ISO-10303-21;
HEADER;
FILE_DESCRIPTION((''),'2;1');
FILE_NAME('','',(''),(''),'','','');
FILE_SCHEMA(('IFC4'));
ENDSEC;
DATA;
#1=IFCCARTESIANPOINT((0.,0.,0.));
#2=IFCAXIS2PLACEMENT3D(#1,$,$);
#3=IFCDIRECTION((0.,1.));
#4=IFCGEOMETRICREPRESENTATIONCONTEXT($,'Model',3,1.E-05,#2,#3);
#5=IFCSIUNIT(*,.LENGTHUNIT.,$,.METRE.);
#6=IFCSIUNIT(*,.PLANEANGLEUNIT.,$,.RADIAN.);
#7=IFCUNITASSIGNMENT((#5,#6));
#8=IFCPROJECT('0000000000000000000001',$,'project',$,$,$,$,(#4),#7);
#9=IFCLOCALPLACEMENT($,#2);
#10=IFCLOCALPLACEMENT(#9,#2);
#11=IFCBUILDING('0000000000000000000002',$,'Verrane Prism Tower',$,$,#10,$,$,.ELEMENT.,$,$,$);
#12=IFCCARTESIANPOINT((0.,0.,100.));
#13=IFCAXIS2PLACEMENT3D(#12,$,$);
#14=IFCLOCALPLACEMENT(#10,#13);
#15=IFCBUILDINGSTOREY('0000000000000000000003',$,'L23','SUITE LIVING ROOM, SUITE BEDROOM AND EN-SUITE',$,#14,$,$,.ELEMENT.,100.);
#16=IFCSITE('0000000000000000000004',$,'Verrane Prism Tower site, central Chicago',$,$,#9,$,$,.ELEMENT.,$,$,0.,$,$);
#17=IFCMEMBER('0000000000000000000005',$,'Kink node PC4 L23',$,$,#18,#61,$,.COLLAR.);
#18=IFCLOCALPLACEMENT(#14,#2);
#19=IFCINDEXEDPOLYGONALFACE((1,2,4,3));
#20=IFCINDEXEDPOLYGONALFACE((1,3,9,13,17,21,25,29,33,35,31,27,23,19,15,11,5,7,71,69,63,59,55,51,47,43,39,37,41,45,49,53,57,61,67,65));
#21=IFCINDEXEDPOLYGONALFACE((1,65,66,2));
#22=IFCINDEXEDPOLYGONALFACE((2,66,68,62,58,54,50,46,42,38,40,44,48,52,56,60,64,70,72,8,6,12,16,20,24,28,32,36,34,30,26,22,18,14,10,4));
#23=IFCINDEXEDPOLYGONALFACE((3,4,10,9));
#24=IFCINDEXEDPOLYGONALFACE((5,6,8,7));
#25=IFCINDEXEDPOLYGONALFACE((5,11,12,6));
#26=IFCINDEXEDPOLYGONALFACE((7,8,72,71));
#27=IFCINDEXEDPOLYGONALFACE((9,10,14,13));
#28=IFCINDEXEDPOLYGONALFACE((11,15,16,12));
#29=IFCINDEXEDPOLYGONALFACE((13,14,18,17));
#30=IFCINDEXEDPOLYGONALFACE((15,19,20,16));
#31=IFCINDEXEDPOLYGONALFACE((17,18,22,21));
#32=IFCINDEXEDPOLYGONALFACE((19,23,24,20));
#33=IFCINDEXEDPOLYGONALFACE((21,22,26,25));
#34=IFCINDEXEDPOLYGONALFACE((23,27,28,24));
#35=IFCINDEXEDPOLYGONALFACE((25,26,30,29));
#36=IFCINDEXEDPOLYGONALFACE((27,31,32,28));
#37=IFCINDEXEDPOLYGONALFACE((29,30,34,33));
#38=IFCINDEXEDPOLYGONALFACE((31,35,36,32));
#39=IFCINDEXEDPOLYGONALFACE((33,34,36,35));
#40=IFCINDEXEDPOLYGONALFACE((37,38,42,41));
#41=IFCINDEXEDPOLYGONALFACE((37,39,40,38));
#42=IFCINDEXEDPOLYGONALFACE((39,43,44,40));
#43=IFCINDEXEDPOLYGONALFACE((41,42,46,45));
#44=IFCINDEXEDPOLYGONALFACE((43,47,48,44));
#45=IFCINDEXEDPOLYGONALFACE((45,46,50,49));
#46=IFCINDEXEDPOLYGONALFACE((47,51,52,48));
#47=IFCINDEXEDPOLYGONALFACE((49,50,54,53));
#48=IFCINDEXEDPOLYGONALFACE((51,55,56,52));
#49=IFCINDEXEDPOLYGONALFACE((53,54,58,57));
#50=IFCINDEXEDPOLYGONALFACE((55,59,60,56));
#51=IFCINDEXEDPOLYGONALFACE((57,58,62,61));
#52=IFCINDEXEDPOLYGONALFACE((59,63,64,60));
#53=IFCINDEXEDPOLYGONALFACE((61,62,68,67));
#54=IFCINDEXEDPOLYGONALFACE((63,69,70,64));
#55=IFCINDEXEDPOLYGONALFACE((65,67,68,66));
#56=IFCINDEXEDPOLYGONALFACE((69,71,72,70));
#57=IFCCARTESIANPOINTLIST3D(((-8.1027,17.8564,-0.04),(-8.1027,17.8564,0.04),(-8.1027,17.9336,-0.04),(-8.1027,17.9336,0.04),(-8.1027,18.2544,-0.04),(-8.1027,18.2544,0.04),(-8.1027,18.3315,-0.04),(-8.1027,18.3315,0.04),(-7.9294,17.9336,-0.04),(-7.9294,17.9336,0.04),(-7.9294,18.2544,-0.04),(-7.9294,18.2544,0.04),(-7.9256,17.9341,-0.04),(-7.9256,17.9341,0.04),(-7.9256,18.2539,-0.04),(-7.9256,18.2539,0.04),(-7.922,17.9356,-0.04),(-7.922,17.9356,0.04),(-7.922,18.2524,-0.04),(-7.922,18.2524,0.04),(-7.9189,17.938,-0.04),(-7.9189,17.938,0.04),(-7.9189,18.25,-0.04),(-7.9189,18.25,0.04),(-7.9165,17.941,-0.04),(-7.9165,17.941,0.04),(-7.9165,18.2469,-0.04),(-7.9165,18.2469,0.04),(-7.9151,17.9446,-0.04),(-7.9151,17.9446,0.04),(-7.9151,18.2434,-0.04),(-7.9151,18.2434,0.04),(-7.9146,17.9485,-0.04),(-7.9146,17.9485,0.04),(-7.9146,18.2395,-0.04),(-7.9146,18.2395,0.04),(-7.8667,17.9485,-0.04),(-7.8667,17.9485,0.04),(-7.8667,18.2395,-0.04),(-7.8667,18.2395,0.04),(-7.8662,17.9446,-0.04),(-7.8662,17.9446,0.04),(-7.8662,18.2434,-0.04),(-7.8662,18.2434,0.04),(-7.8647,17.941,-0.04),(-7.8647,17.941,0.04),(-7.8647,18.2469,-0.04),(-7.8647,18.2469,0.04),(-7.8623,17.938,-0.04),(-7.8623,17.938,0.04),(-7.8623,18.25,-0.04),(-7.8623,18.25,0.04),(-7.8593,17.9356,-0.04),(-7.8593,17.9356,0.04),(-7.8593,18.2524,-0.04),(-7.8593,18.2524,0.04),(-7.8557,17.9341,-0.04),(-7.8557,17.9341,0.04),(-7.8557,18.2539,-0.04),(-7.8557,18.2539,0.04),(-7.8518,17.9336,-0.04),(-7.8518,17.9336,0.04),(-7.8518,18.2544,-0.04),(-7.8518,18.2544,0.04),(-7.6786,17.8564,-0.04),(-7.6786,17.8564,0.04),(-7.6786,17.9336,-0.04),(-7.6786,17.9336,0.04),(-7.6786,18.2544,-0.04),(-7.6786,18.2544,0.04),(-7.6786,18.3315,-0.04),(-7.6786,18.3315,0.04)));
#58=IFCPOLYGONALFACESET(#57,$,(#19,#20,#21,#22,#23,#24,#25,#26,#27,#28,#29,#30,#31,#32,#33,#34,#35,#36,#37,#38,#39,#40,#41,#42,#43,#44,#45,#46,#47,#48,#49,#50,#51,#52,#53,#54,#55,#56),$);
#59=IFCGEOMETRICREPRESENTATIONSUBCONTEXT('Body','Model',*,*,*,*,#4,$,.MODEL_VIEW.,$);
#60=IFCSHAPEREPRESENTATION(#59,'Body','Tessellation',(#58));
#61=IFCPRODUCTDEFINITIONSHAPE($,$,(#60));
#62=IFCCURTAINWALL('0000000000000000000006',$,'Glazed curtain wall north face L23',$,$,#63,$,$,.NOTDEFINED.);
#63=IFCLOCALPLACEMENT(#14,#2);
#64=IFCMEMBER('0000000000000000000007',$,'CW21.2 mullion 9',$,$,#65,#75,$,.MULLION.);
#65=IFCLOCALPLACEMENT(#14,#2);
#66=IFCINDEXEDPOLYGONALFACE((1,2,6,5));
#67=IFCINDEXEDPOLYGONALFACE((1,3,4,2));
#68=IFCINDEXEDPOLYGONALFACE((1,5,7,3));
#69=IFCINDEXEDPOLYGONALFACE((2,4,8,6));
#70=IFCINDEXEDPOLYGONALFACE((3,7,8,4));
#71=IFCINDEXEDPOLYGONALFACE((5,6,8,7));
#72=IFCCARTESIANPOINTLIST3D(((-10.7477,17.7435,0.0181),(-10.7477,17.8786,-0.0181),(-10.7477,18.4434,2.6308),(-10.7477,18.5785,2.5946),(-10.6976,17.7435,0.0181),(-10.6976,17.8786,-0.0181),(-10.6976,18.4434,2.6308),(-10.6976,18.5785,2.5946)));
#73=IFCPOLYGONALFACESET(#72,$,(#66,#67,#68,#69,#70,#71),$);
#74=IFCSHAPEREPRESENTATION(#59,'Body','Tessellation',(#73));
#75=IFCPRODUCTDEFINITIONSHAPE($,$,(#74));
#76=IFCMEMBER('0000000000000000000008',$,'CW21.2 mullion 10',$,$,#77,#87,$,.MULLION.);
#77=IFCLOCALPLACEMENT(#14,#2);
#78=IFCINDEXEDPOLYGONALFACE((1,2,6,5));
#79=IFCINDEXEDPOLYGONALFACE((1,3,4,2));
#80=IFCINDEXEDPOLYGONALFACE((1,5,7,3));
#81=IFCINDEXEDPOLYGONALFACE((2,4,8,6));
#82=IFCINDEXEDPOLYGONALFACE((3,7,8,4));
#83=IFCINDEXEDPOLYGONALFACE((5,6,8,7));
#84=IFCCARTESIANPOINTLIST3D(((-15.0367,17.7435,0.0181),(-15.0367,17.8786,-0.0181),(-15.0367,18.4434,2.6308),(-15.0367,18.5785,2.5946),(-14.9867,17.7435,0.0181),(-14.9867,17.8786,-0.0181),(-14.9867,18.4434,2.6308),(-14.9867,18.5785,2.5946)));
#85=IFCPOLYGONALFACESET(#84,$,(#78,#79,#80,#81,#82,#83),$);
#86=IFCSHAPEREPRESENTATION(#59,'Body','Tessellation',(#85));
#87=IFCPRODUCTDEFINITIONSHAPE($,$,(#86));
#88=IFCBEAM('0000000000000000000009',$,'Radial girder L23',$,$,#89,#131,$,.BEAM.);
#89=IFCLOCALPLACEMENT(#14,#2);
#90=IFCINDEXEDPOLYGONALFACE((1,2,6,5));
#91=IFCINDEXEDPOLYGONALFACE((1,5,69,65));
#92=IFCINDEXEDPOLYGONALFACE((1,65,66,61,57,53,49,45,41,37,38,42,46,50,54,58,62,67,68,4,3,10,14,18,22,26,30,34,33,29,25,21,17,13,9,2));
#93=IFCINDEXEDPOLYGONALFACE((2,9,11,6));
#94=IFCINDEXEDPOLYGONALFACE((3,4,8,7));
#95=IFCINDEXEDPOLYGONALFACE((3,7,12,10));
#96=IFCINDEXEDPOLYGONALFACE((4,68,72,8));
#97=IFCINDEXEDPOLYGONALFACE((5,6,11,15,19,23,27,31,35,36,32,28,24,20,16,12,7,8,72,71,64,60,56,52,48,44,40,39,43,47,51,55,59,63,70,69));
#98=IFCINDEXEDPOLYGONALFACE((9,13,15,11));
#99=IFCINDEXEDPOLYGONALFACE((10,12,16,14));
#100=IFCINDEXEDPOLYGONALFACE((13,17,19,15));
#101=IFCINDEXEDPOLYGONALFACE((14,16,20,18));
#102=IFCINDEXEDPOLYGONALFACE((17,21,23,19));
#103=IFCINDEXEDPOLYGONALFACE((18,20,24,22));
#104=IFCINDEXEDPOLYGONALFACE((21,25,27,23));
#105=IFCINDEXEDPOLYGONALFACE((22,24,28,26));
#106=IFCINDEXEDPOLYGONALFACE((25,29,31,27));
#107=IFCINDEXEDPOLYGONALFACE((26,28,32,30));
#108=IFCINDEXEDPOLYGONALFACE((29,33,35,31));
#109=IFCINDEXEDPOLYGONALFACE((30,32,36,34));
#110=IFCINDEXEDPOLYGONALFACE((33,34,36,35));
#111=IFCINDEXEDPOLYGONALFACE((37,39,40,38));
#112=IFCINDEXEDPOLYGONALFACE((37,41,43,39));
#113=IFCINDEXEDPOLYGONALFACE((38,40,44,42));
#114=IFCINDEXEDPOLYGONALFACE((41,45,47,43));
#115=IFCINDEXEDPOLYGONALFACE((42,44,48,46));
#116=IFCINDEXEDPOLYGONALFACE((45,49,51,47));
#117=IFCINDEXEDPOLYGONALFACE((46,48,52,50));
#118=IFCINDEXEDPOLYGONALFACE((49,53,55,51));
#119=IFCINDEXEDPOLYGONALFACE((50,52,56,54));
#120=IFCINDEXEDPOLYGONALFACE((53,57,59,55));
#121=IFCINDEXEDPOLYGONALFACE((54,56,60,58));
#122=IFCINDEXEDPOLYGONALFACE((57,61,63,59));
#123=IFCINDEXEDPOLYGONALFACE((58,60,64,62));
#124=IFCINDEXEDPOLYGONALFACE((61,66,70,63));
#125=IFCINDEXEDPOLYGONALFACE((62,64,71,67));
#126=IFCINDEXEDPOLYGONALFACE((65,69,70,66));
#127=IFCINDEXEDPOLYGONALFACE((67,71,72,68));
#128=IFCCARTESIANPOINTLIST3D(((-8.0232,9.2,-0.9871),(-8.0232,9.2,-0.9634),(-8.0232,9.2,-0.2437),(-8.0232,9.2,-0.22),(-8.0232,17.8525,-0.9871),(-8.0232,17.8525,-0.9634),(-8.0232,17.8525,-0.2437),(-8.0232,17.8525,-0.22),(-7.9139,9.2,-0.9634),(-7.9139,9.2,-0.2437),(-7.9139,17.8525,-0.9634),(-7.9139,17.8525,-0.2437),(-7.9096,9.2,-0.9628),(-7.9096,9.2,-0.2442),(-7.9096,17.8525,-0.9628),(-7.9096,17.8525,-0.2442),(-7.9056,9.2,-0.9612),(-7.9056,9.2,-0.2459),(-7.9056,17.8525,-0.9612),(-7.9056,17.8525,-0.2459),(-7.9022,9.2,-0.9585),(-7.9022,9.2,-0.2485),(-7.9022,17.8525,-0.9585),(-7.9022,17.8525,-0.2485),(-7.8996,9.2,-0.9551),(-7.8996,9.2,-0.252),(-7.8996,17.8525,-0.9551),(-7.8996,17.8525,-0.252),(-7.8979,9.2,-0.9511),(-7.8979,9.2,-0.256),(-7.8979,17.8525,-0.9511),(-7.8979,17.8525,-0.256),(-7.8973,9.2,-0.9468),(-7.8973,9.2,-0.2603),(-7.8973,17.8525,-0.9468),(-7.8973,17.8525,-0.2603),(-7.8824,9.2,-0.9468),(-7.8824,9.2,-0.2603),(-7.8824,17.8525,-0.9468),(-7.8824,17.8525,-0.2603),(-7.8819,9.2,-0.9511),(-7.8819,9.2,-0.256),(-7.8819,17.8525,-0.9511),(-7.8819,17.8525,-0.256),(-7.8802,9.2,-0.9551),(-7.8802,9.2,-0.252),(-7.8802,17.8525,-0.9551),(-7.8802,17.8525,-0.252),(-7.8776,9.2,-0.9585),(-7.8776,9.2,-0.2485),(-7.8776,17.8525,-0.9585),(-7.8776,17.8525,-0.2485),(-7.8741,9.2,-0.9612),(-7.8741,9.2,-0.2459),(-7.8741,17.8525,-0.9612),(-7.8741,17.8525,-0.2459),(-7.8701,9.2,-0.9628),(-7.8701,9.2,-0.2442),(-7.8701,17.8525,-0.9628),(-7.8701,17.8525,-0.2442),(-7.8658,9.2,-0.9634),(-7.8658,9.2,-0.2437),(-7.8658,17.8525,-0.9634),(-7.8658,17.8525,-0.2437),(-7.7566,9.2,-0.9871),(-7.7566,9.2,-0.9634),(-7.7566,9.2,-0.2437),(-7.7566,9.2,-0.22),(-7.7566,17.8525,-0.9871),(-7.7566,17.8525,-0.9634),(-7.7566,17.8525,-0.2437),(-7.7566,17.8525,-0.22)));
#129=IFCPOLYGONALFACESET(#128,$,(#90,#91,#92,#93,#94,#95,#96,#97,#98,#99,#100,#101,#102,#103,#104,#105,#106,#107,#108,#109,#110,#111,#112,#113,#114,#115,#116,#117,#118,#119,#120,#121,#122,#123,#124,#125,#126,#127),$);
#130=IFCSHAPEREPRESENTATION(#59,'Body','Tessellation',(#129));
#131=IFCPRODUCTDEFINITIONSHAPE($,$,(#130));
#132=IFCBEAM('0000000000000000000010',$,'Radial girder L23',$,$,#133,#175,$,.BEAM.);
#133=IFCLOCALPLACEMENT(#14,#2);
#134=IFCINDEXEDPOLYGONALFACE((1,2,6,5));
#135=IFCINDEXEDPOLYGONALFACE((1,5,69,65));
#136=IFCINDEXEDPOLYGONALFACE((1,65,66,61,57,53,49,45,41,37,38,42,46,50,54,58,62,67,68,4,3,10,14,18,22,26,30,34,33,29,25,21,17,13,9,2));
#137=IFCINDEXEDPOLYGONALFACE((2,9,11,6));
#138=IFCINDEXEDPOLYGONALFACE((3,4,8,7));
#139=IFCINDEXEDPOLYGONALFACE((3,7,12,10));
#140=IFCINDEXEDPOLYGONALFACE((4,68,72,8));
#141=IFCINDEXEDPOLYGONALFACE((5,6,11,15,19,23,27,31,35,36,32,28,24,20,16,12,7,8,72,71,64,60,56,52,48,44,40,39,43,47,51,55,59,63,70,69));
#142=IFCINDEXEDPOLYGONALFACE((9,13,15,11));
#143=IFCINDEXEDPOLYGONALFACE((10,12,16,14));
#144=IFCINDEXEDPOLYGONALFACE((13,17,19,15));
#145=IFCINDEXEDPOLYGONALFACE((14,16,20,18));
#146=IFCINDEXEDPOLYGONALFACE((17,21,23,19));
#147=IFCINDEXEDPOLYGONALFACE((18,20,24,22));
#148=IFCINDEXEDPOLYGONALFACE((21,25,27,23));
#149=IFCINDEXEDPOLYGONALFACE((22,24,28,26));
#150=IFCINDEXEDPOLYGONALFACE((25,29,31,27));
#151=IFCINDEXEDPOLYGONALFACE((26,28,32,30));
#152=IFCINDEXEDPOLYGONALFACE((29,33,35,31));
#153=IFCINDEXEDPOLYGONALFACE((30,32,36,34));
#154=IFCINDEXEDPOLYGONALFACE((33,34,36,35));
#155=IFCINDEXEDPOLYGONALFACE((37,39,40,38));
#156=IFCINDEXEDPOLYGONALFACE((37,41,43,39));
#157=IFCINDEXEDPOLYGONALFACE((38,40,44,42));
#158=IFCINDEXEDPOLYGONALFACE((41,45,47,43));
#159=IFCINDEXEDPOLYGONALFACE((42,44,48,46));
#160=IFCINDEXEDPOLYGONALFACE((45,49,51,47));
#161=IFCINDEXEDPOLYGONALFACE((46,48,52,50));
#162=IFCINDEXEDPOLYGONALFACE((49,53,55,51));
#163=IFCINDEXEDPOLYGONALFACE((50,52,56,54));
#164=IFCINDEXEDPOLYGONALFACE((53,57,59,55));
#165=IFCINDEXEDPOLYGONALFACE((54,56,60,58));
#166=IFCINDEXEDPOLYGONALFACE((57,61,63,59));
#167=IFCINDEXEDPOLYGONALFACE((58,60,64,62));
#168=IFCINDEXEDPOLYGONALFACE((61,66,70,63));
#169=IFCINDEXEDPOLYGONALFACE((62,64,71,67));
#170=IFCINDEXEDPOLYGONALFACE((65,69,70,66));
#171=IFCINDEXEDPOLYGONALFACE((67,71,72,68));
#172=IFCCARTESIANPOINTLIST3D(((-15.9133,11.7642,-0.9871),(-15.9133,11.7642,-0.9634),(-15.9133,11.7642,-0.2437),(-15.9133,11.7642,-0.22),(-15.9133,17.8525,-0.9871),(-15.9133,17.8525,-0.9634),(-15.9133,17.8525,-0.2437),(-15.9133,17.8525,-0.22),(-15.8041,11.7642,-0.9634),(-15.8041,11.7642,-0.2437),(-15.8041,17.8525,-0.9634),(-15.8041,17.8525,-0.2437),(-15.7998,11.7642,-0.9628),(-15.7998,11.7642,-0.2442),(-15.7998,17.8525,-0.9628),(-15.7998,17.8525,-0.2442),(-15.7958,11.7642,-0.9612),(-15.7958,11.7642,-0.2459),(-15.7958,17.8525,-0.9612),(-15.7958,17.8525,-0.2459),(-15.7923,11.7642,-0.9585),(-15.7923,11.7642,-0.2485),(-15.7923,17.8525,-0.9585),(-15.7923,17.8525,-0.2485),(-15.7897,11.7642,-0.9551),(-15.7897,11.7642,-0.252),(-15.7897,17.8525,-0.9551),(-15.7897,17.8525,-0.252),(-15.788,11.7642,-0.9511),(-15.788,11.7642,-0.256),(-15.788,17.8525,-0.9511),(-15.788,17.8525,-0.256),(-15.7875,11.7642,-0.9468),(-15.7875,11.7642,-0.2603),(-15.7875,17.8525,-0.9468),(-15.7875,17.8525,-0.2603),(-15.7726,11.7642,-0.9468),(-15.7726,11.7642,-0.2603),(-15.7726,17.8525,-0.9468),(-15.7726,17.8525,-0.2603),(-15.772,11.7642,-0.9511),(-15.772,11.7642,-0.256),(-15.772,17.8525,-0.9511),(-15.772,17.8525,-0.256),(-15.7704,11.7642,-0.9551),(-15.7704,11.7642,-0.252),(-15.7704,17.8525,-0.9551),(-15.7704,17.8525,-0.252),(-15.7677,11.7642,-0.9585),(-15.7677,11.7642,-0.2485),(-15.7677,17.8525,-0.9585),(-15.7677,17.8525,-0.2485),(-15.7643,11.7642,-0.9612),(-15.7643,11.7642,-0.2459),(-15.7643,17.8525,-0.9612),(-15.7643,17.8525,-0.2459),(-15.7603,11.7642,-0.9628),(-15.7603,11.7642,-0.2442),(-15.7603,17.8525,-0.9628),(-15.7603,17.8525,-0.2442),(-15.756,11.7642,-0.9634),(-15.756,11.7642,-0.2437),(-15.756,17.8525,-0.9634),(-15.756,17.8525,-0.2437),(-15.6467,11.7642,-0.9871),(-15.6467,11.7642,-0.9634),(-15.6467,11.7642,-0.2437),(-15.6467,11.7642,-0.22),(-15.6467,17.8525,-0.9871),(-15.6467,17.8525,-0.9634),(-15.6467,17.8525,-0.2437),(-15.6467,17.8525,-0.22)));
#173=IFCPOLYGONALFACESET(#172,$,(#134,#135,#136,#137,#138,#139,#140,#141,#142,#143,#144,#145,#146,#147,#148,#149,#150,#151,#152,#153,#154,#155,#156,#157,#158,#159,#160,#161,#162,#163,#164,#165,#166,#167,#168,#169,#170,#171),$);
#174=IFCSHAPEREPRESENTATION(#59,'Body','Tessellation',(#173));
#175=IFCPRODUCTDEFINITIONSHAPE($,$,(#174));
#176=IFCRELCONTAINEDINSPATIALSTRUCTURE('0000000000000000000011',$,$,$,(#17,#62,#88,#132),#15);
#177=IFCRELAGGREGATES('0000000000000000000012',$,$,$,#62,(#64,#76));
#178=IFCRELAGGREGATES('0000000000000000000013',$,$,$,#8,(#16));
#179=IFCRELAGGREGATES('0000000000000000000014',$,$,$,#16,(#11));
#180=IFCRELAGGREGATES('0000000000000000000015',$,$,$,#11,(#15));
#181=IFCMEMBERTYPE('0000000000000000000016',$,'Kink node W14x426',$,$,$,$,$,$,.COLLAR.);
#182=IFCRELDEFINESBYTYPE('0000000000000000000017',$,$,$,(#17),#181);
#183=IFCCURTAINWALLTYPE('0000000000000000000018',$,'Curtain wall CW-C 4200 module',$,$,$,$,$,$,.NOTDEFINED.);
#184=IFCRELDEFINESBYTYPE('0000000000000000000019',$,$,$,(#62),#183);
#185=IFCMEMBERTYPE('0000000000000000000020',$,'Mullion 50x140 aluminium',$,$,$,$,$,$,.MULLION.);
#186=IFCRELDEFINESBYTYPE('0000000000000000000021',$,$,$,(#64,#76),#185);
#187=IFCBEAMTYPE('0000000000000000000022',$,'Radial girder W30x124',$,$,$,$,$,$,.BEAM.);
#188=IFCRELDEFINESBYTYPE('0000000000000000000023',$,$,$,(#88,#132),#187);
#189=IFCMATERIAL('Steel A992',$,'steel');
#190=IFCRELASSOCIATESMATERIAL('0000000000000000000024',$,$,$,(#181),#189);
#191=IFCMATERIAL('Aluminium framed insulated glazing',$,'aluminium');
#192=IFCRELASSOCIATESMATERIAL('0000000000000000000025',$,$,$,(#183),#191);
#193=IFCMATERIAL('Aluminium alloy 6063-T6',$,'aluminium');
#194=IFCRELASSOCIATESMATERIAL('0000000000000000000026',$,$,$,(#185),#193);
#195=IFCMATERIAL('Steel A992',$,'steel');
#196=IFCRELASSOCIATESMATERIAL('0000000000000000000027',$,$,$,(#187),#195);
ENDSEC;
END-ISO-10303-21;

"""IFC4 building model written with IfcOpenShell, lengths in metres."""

from ifc_helpers import new_model, si_unit, direction, frame, origin, origin_2d, place, context, subcontext, project, spatial, rectangle, i_section, extrude, material, material_profile, profile_set, type_object, element, aggregate, save


model = new_model("IFC4")

# Units and contexts
model_context = context("Model", 3, precision=1e-05, world=origin(), true_north=direction((0.0, 1.0)))
body_context = subcontext(model_context, "Body", "Model", "MODEL_VIEW")
ifc_project = project(units=[si_unit("LENGTHUNIT", "METRE"), si_unit("PLANEANGLEUNIT", "RADIAN")], contexts=[model_context])

# Site, building, storey
site_placement = place(None, origin())
site = spatial("IfcSite", under=ifc_project, at=site_placement, Name="Verrane Prism Tower site, central Chicago", CompositionType="ELEMENT", RefElevation=0.0)
building_placement = place(site_placement, origin())
building = spatial("IfcBuilding", under=site, at=building_placement, Name="Verrane Prism Tower", CompositionType="ELEMENT")
storey_placement = place(building_placement, frame((0.0, 0.0, 100.0)))
storey = spatial("IfcBuildingStorey", under=building, at=storey_placement, Name="L23", Description="SUITE LIVING ROOM, SUITE BEDROOM AND EN-SUITE", CompositionType="ELEMENT", Elevation=100.0)

# Member
ifc_material_1 = material(Name="Steel A992", Category="steel")
ifc_material_profile_1 = material_profile(ifc_material_1, i_section(OverallWidth=0.4241, OverallDepth=0.4751, WebThickness=0.0479, FlangeThickness=0.0771, FilletRadius=0.0149, at=origin_2d()), Name="W14x426")
ifc_profile_set_1 = profile_set([ifc_material_profile_1], Name="Steel A992")
member_type_1 = type_object("IfcMemberType", Name="Kink node W14x426", PredefinedType="COLLAR", material=ifc_profile_set_1)
member_1_placement = place(storey_placement, frame((-7.8906, 18.094, -0.04), z_axis=(0.0, 0.0, 1.0), x_axis=(1.0, 0.0, 0.0)))
element("IfcMember", 1, at=member_1_placement, inside=storey, type_object=member_type_1, Name="Kink node PC4 L23", PredefinedType="COLLAR", context=body_context, shape_type="SweptSolid", body=[
    extrude(i_section(OverallWidth=0.4241, OverallDepth=0.4751, WebThickness=0.0479, FlangeThickness=0.0771, FilletRadius=0.0149, at=origin_2d()), origin(), (0.0, 0.0, 1.0), 0.0801),
])

# Curtain wall, members
ifc_material_2 = material(Name="Aluminium framed insulated glazing", Category="aluminium")
curtain_wall_type = type_object("IfcCurtainWallType", Name="Curtain wall CW-C 4200 module", PredefinedType="NOTDEFINED", material=ifc_material_2)
curtain_wall_placement = place(storey_placement, origin())
curtain_wall = element("IfcCurtainWall", 2, at=curtain_wall_placement, inside=storey, type_object=curtain_wall_type, Name="Glazed curtain wall north face L23", PredefinedType="NOTDEFINED")
ifc_material_3 = material(Name="Aluminium alloy 6063-T6", Category="aluminium")
ifc_material_profile_2 = material_profile(ifc_material_3, rectangle(XDim=0.1399, YDim=0.05, at=origin_2d()), Name="Mullion 50x140 aluminium")
ifc_profile_set_2 = profile_set([ifc_material_profile_2], Name="Aluminium alloy 6063-T6")
member_type_2 = type_object("IfcMemberType", Name="Mullion 50x140 aluminium", PredefinedType="MULLION", material=ifc_profile_set_2)
member_2_placement = place(storey_placement, frame((-10.7227, 17.811, 0.0), z_axis=(0.0, 0.258769, 0.965939), x_axis=(0.0, 0.965939, -0.258769)))
member_2 = element("IfcMember", 3, at=member_2_placement, type_object=member_type_2, Name="CW21.2 mullion 9", PredefinedType="MULLION", context=body_context, shape_type="SweptSolid", body=[
    extrude(rectangle(XDim=0.1399, YDim=0.05, at=origin_2d()), origin(), (0.0, 0.0, 1.0), 2.7048),
])
member_3_placement = place(storey_placement, frame((-15.0117, 17.811, 0.0), z_axis=(0.0, 0.258769, 0.965939), x_axis=(0.0, 0.965939, -0.258769)))
member_3 = element("IfcMember", 4, at=member_3_placement, type_object=member_type_2, Name="CW21.2 mullion 10", PredefinedType="MULLION", context=body_context, shape_type="SweptSolid", body=[
    extrude(rectangle(XDim=0.1399, YDim=0.05, at=origin_2d()), origin(), (0.0, 0.0, 1.0), 2.7048),
])

# Beams
ifc_material_4 = material(Name="Steel A992", Category="steel")
ifc_material_profile_3 = material_profile(ifc_material_4, i_section(OverallWidth=0.2666, OverallDepth=0.7671, WebThickness=0.0149, FlangeThickness=0.0237, FilletRadius=0.0166, at=origin_2d()), Name="W30x124")
ifc_profile_set_3 = profile_set([ifc_material_profile_3], Name="Steel A992")
beam_type_1 = type_object("IfcBeamType", Name="Radial girder W30x124", PredefinedType="BEAM", material=ifc_profile_set_3)
beam_1_placement = place(storey_placement, frame((-7.8899, 17.8525, -0.6035), z_axis=(0.0, -1.0, 0.0), x_axis=(1.0, 0.0, 0.0)))
element("IfcBeam", 5, at=beam_1_placement, inside=storey, type_object=beam_type_1, Name="Radial girder L23", PredefinedType="BEAM", context=body_context, shape_type="SweptSolid", body=[
    extrude(i_section(OverallWidth=0.2666, OverallDepth=0.7671, WebThickness=0.0149, FlangeThickness=0.0237, FilletRadius=0.0166, at=origin_2d()), origin(), (0.0, 0.0, 1.0), 8.6526),
])
beam_2_placement = place(storey_placement, frame((-15.78, 17.8525, -0.6035), z_axis=(0.0, -1.0, 0.0), x_axis=(1.0, 0.0, 0.0)))
element("IfcBeam", 6, at=beam_2_placement, inside=storey, type_object=beam_type_1, Name="Radial girder L23", PredefinedType="BEAM", context=body_context, shape_type="SweptSolid", body=[
    extrude(i_section(OverallWidth=0.2666, OverallDepth=0.7671, WebThickness=0.0149, FlangeThickness=0.0237, FilletRadius=0.0166, at=origin_2d()), origin(), (0.0, 0.0, 1.0), 6.0884),
])

aggregate(curtain_wall, [member_2, member_3])

save(model, "model.ifc")
